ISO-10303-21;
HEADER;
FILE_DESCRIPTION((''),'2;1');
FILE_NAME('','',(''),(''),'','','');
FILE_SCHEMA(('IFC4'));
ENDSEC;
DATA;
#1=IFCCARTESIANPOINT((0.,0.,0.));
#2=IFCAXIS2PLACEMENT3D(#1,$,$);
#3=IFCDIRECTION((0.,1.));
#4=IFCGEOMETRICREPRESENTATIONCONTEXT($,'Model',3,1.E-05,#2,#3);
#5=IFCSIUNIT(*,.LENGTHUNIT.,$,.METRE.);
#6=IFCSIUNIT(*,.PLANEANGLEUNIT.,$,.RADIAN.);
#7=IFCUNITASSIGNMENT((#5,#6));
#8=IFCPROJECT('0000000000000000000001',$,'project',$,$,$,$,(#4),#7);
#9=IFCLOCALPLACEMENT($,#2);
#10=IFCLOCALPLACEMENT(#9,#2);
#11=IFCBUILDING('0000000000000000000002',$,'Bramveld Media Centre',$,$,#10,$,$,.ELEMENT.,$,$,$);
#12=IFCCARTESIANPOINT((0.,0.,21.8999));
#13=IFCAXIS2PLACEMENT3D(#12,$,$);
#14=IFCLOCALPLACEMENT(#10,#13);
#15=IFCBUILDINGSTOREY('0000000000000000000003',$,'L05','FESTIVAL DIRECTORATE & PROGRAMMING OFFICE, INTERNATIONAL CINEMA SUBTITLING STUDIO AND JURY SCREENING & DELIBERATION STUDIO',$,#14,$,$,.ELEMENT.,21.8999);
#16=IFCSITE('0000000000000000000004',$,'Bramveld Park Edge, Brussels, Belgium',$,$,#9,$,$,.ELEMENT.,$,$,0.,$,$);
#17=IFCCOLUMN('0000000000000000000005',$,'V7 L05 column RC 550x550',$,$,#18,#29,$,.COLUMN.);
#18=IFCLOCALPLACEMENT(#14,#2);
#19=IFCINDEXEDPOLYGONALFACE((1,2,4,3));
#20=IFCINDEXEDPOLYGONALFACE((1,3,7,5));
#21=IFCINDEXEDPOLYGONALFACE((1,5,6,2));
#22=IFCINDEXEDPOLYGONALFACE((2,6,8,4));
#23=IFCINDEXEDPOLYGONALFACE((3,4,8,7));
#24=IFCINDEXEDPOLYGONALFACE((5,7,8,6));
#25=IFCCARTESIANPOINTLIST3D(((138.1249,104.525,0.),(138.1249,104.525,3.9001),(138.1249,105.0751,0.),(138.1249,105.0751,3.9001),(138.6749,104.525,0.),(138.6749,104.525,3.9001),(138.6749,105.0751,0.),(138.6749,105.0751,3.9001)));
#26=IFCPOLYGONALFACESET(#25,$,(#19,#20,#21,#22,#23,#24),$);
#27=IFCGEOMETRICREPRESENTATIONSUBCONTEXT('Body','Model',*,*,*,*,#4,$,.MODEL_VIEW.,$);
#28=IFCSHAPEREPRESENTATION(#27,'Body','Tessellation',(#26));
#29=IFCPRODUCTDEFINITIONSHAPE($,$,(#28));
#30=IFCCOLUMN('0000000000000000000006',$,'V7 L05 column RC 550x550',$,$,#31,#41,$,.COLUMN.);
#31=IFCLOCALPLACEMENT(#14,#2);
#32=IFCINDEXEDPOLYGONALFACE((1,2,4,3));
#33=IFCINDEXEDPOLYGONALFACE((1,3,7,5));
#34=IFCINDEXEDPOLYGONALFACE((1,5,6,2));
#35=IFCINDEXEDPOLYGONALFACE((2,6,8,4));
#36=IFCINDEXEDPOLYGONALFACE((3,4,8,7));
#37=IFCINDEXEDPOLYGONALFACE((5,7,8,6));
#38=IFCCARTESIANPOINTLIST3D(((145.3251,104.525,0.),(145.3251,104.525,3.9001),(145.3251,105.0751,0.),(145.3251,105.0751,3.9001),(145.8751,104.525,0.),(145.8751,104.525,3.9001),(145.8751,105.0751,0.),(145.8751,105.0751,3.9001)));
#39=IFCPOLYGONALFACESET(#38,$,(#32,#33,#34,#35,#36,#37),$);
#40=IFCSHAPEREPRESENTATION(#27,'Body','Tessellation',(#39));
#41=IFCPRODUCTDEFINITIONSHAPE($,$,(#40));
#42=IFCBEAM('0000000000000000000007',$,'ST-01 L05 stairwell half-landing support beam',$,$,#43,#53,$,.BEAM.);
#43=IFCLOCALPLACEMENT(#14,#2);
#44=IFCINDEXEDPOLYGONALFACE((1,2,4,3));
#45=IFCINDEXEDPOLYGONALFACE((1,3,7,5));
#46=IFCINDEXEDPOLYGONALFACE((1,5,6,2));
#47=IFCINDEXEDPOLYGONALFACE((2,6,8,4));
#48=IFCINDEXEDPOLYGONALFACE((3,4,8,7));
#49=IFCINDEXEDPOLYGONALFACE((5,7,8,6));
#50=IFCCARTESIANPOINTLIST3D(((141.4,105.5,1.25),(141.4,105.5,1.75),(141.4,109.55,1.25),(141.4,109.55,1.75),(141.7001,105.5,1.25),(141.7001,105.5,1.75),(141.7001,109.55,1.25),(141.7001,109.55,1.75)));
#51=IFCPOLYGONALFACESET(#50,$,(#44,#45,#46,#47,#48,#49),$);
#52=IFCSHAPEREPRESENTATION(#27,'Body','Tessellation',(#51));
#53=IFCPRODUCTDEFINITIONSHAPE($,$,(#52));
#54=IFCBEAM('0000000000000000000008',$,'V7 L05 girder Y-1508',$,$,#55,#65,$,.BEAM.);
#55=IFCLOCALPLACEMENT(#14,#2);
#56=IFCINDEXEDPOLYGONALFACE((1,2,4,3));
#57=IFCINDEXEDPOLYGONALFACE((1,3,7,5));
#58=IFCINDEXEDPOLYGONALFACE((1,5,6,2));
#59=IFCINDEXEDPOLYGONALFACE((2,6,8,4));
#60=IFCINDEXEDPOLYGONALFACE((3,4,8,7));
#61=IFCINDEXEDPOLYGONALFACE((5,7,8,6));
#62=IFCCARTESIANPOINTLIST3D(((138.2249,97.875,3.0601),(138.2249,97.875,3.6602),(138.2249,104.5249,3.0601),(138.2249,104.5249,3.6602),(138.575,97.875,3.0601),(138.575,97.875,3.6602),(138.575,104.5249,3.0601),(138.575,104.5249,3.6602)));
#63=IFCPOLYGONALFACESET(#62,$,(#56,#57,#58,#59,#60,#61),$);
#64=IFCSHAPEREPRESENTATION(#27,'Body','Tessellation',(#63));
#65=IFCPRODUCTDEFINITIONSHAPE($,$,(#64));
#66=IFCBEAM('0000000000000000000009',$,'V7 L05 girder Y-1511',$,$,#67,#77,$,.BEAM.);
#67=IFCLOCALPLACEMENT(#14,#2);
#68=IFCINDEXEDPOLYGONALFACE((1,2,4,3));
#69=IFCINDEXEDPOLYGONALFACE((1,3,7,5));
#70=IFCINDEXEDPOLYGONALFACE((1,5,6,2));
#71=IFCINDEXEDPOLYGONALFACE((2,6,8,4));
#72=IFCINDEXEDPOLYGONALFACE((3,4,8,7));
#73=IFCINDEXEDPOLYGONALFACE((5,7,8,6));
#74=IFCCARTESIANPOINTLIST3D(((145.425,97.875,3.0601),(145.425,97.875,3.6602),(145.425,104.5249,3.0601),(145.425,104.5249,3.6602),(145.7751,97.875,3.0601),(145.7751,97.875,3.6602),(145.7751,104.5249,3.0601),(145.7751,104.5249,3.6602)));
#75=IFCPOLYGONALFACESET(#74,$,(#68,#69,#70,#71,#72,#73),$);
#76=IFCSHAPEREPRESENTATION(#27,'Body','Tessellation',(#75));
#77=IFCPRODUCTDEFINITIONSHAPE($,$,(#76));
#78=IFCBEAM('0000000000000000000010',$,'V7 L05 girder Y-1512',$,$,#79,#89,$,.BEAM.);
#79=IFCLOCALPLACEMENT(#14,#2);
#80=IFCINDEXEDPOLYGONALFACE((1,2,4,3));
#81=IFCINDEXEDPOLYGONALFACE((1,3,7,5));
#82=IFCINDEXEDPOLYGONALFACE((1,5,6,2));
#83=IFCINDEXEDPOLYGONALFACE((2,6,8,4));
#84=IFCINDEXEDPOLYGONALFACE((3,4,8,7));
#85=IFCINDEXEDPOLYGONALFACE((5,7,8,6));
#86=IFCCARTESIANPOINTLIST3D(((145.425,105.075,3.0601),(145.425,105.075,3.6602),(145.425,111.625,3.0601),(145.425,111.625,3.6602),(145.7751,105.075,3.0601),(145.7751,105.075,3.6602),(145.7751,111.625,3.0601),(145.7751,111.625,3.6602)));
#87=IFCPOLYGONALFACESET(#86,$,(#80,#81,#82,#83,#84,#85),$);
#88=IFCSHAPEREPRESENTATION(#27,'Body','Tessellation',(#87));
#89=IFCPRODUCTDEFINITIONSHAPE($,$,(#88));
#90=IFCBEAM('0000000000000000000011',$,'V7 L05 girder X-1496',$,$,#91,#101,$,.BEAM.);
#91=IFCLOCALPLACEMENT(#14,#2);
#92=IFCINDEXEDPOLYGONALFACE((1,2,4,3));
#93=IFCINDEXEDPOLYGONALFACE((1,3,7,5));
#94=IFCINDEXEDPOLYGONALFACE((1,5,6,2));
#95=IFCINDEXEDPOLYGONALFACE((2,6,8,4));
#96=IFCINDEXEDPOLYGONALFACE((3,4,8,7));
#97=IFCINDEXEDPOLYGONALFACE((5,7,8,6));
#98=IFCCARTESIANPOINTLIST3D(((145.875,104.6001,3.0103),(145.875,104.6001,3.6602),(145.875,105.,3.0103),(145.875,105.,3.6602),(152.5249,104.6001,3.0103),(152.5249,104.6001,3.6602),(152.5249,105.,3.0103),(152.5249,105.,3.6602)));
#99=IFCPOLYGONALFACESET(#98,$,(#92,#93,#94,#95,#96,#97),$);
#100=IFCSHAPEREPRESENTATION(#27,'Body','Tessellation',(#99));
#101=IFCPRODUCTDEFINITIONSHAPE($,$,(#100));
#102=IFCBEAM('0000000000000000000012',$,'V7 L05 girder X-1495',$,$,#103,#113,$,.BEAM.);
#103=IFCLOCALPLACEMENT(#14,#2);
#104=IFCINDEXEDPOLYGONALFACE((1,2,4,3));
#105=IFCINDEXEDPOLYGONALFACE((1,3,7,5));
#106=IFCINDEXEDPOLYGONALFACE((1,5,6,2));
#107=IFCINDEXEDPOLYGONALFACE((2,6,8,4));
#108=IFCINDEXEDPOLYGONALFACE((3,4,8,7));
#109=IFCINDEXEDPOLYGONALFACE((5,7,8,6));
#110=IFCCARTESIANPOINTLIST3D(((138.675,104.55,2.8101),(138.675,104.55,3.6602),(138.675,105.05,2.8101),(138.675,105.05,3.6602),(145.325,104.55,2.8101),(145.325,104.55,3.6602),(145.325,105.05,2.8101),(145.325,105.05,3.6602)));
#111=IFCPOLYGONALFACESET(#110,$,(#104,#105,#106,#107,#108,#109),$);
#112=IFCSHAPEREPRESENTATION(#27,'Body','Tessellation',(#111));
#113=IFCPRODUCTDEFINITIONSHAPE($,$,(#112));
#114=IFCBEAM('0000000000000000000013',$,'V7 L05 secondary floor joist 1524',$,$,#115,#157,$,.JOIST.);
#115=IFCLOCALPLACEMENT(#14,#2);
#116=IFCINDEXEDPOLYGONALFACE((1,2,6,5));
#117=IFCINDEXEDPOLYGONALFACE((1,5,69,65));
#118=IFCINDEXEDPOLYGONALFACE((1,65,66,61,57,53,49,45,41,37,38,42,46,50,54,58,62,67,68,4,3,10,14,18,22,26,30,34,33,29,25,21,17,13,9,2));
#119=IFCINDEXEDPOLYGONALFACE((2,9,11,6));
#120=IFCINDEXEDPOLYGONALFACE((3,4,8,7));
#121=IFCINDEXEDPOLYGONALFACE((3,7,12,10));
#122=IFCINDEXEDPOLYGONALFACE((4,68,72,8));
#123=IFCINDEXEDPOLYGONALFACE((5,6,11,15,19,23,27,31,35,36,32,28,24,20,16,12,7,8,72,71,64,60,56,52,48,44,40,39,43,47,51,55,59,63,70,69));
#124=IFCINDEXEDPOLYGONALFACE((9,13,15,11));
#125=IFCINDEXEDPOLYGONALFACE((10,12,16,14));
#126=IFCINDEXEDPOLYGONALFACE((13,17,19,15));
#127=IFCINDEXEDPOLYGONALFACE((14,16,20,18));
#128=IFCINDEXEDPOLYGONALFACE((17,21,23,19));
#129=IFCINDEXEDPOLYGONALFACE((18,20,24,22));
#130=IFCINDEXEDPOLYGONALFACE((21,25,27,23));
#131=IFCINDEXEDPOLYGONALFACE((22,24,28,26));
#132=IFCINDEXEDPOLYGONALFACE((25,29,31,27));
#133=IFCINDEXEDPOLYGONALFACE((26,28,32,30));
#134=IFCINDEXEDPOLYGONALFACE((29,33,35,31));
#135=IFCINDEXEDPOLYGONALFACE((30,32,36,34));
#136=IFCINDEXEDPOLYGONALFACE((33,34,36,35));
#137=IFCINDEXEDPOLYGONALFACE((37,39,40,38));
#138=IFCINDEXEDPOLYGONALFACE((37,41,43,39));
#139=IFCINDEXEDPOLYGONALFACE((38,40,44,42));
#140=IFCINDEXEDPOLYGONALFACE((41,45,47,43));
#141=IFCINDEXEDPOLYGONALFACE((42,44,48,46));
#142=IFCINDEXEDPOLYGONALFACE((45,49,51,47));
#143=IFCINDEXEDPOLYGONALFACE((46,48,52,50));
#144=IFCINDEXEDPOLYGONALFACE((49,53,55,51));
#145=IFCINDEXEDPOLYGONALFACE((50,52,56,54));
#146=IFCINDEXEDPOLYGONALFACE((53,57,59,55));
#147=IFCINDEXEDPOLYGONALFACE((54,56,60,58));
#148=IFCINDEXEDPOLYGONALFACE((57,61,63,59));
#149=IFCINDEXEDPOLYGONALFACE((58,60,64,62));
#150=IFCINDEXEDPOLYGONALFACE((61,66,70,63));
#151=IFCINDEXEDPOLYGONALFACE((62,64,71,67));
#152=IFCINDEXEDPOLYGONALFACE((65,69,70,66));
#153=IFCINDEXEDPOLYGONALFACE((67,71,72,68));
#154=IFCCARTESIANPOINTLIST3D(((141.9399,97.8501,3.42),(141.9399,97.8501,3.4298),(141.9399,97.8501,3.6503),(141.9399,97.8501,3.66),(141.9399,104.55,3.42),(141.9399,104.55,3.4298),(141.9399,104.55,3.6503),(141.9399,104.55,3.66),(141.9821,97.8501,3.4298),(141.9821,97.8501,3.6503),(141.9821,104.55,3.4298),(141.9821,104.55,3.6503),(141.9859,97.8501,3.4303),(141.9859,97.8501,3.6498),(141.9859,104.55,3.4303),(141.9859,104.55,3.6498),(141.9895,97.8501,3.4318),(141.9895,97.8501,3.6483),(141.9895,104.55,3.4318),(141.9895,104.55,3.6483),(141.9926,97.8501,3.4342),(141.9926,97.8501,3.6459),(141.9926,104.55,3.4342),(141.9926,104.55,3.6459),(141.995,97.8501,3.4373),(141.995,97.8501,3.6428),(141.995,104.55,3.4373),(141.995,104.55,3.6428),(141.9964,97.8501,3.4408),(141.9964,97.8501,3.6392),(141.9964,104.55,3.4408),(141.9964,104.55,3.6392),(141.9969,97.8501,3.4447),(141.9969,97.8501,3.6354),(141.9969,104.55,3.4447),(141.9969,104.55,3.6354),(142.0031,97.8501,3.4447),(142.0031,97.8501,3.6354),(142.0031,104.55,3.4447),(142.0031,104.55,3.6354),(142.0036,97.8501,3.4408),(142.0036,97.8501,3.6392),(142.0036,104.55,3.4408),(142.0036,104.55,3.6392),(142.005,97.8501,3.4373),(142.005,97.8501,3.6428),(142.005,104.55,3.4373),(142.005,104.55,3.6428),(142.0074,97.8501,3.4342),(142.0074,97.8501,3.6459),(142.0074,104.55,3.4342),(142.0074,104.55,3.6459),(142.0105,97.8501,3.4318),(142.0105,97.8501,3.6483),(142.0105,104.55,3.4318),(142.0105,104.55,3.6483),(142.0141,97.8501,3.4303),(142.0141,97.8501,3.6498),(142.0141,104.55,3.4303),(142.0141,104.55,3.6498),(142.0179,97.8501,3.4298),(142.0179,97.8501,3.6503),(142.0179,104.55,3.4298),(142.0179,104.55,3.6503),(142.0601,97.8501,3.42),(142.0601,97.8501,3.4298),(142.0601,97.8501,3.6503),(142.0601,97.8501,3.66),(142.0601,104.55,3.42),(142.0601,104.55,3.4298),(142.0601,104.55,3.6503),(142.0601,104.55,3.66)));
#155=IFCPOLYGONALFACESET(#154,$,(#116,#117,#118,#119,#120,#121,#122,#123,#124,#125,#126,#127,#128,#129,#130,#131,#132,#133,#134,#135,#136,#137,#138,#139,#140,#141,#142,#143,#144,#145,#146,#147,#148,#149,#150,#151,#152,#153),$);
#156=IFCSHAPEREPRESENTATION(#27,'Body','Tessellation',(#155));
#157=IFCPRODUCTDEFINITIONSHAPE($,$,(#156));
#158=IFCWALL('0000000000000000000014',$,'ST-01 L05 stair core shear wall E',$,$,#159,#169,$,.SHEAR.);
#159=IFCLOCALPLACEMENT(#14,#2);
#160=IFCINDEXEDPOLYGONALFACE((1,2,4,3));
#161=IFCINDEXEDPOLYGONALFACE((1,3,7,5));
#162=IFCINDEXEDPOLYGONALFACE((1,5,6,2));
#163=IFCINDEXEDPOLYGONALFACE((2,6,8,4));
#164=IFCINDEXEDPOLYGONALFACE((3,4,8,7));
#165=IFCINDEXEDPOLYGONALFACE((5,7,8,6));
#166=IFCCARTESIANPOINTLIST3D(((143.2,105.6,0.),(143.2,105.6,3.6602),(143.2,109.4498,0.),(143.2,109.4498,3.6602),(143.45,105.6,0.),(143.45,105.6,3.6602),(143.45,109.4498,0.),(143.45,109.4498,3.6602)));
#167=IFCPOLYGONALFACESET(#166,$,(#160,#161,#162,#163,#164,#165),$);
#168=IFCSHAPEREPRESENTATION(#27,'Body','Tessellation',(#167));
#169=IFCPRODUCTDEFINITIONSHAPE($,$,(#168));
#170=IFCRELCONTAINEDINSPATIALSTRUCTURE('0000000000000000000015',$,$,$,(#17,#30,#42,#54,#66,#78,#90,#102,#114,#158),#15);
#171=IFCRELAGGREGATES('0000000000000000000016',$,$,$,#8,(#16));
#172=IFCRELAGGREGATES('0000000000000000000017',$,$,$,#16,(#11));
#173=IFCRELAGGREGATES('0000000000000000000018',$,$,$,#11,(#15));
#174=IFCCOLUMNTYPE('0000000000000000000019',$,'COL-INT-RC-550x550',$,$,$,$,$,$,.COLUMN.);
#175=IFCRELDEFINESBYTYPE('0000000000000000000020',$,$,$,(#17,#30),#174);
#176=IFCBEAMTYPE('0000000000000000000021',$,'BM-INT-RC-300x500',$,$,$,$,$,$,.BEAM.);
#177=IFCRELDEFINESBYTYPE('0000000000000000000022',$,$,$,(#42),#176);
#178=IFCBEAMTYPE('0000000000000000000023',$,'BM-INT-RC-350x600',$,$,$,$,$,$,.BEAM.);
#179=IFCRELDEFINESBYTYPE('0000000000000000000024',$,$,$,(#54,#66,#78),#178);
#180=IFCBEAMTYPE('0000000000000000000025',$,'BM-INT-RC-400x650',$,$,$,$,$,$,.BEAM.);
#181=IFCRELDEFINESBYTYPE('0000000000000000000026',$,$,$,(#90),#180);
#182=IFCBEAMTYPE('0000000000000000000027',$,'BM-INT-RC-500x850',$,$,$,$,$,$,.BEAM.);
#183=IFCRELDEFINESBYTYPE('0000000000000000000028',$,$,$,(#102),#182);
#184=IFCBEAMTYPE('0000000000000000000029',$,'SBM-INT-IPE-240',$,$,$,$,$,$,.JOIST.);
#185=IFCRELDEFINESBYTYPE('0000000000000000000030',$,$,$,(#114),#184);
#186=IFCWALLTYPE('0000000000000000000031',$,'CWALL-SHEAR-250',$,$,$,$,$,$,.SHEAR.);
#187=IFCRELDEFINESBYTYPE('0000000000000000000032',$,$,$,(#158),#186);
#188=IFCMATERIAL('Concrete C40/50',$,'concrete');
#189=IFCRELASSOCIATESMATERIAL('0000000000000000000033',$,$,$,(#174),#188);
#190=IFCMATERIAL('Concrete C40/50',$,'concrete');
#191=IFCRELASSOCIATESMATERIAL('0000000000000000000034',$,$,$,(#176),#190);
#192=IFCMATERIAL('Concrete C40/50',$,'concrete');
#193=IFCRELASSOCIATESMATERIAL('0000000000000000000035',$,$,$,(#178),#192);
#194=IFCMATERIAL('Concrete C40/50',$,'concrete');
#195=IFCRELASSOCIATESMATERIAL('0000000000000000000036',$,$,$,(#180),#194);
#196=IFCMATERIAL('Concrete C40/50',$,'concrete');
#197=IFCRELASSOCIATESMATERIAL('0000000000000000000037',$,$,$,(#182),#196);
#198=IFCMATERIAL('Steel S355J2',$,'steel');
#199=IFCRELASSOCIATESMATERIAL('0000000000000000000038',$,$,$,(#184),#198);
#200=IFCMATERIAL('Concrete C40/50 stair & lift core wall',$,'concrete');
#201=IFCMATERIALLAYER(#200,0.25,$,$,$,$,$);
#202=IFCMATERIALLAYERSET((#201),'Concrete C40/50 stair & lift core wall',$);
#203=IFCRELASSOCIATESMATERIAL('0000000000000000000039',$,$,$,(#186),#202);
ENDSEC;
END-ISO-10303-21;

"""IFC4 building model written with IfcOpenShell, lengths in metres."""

from ifc_helpers import new_model, si_unit, direction, frame, frame_2d, origin, origin_2d, place, context, subcontext, project, spatial, rectangle, i_section, extrude, material, layer, layer_set, material_profile, profile_set, type_object, element, save


model = new_model("IFC4")

# Units and contexts
model_context = context("Model", 3, precision=1e-05, world=origin(), true_north=direction((0.0, 1.0)))
body_context = subcontext(model_context, "Body", "Model", "MODEL_VIEW")
ifc_project = project(units=[si_unit("LENGTHUNIT", "METRE"), si_unit("PLANEANGLEUNIT", "RADIAN")], contexts=[model_context])

# Site, building, storey
site_placement = place(None, origin())
site = spatial("IfcSite", under=ifc_project, at=site_placement, Name="Bramveld Park Edge, Brussels, Belgium", CompositionType="ELEMENT", RefElevation=0.0)
building_placement = place(site_placement, origin())
building = spatial("IfcBuilding", under=site, at=building_placement, Name="Bramveld Media Centre", CompositionType="ELEMENT")
storey_placement = place(building_placement, frame((0.0, 0.0, 21.8999)))
storey = spatial("IfcBuildingStorey", under=building, at=storey_placement, Name="L05", Description="FESTIVAL DIRECTORATE & PROGRAMMING OFFICE, INTERNATIONAL CINEMA SUBTITLING STUDIO AND JURY SCREENING & DELIBERATION STUDIO", CompositionType="ELEMENT", Elevation=21.8999)

# Columns
ifc_material_1 = material(Name="Concrete C40/50", Category="concrete")
ifc_material_profile_1 = material_profile(ifc_material_1, rectangle(XDim=0.55, YDim=0.55, at=origin_2d()), Name="RC 550x550")
ifc_profile_set_1 = profile_set([ifc_material_profile_1], Name="Concrete C40/50")
column_type = type_object("IfcColumnType", Name="COL-INT-RC-550x550", PredefinedType="COLUMN", material=ifc_profile_set_1)
for number, where, z_axis, x_axis, name in (
    (1, (138.3999, 104.8, 0.0), (0.0, 0.0, 1.0), (1.0, 0.0, 0.0), "V7 L05 column RC 550x550"),
    (2, (145.6001, 104.8, 0.0), (0.0, 0.0, 1.0), (1.0, 0.0, 0.0), "V7 L05 column RC 550x550"),
):
    element("IfcColumn", number, at=place(storey_placement, frame(where, z_axis=z_axis, x_axis=x_axis)), inside=storey, type_object=column_type, Name=name, PredefinedType="COLUMN", context=body_context, shape_type="SweptSolid", body=[
        extrude(rectangle(XDim=0.55, YDim=0.55, at=origin_2d()), origin(), (0.0, 0.0, 1.0), 3.9001),
    ])

# Beams
ifc_material_2 = material(Name="Concrete C40/50", Category="concrete")
ifc_material_profile_2 = material_profile(ifc_material_2, rectangle(XDim=0.3, YDim=0.5, at=origin_2d()), Name="RC 300x500")
ifc_profile_set_2 = profile_set([ifc_material_profile_2], Name="Concrete C40/50")
beam_type_1 = type_object("IfcBeamType", Name="BM-INT-RC-300x500", PredefinedType="BEAM", material=ifc_profile_set_2)
beam_1_placement = place(storey_placement, frame((141.55, 105.5, 1.5), z_axis=(0.0, 1.0, 0.0), x_axis=(-1.0, 0.0, 0.0)))
element("IfcBeam", 3, at=beam_1_placement, inside=storey, type_object=beam_type_1, Name="ST-01 L05 stairwell half-landing support beam", PredefinedType="BEAM", context=body_context, shape_type="SweptSolid", body=[
    extrude(rectangle(XDim=0.3, YDim=0.5, at=origin_2d()), origin(), (0.0, 0.0, 1.0), 4.05),
])
ifc_material_3 = material(Name="Concrete C40/50", Category="concrete")
ifc_material_profile_3 = material_profile(ifc_material_3, rectangle(XDim=0.3501, YDim=0.6001, at=origin_2d()), Name="RC 350x600")
ifc_profile_set_3 = profile_set([ifc_material_profile_3], Name="Concrete C40/50")
beam_type_2 = type_object("IfcBeamType", Name="BM-INT-RC-350x600", PredefinedType="BEAM", material=ifc_profile_set_3)
for number, where, z_axis, x_axis, name in (
    (4, (138.3999, 97.875, 3.3601), (0.0, 1.0, 0.0), (-1.0, 0.0, 0.0), "V7 L05 girder Y-1508"),
    (5, (145.6001, 97.875, 3.3601), (0.0, 1.0, 0.0), (-1.0, 0.0, 0.0), "V7 L05 girder Y-1511"),
):
    element("IfcBeam", number, at=place(storey_placement, frame(where, z_axis=z_axis, x_axis=x_axis)), inside=storey, type_object=beam_type_2, Name=name, PredefinedType="BEAM", context=body_context, shape_type="SweptSolid", body=[
        extrude(rectangle(XDim=0.3501, YDim=0.6001, at=origin_2d()), origin(), (0.0, 0.0, 1.0), 6.6499),
    ])
beam_2_placement = place(storey_placement, frame((145.6001, 105.075, 3.3601), z_axis=(0.0, 1.0, 0.0), x_axis=(-1.0, 0.0, 0.0)))
element("IfcBeam", 6, at=beam_2_placement, inside=storey, type_object=beam_type_2, Name="V7 L05 girder Y-1512", PredefinedType="BEAM", context=body_context, shape_type="SweptSolid", body=[
    extrude(rectangle(XDim=0.3501, YDim=0.6001, at=origin_2d()), origin(), (0.0, 0.0, 1.0), 6.55),
])
ifc_material_4 = material(Name="Concrete C40/50", Category="concrete")
ifc_material_profile_4 = material_profile(ifc_material_4, rectangle(XDim=0.3999, YDim=0.6499, at=origin_2d()), Name="RC 400x650")
ifc_profile_set_4 = profile_set([ifc_material_profile_4], Name="Concrete C40/50")
beam_type_3 = type_object("IfcBeamType", Name="BM-INT-RC-400x650", PredefinedType="BEAM", material=ifc_profile_set_4)
beam_3_placement = place(storey_placement, frame((145.875, 104.8, 3.3352), z_axis=(1.0, 0.0, 0.0), x_axis=(0.0, 1.0, 0.0)))
element("IfcBeam", 7, at=beam_3_placement, inside=storey, type_object=beam_type_3, Name="V7 L05 girder X-1496", PredefinedType="BEAM", context=body_context, shape_type="SweptSolid", body=[
    extrude(rectangle(XDim=0.3999, YDim=0.6499, at=origin_2d()), origin(), (0.0, 0.0, 1.0), 6.6499),
])
ifc_material_5 = material(Name="Concrete C40/50", Category="concrete")
ifc_material_profile_5 = material_profile(ifc_material_5, rectangle(XDim=0.5, YDim=0.8501, at=origin_2d()), Name="RC 500x850")
ifc_profile_set_5 = profile_set([ifc_material_profile_5], Name="Concrete C40/50")
beam_type_4 = type_object("IfcBeamType", Name="BM-INT-RC-500x850", PredefinedType="BEAM", material=ifc_profile_set_5)
beam_4_placement = place(storey_placement, frame((138.675, 104.8, 3.2351), z_axis=(1.0, 0.0, 0.0), x_axis=(0.0, 1.0, 0.0)))
element("IfcBeam", 8, at=beam_4_placement, inside=storey, type_object=beam_type_4, Name="V7 L05 girder X-1495", PredefinedType="BEAM", context=body_context, shape_type="SweptSolid", body=[
    extrude(rectangle(XDim=0.5, YDim=0.8501, at=origin_2d()), origin(), (0.0, 0.0, 1.0), 6.6499),
])
ifc_material_6 = material(Name="Steel S355J2", Category="steel")
ifc_material_profile_6 = material_profile(ifc_material_6, i_section(OverallWidth=0.1201, OverallDepth=0.24, WebThickness=0.0061, FlangeThickness=0.0098, FilletRadius=0.0149, at=origin_2d()), Name="IPE 240")
ifc_profile_set_6 = profile_set([ifc_material_profile_6], Name="Steel S355J2")
beam_type_5 = type_object("IfcBeamType", Name="SBM-INT-IPE-240", PredefinedType="JOIST", material=ifc_profile_set_6)
beam_5_placement = place(storey_placement, frame((142.0, 97.8501, 3.54), z_axis=(0.0, 1.0, 0.0), x_axis=(-1.0, 0.0, 0.0)))
element("IfcBeam", 9, at=beam_5_placement, inside=storey, type_object=beam_type_5, Name="V7 L05 secondary floor joist 1524", PredefinedType="JOIST", context=body_context, shape_type="SweptSolid", body=[
    extrude(i_section(OverallWidth=0.1201, OverallDepth=0.24, WebThickness=0.0061, FlangeThickness=0.0098, FilletRadius=0.0149, at=origin_2d()), origin(), (0.0, 0.0, 1.0), 6.7),
])

# Wall
ifc_material_7 = material(Name="Concrete C40/50 stair & lift core wall", Category="concrete")
ifc_layer_1 = layer(ifc_material_7, 0.25)
ifc_layer_set_1 = layer_set([ifc_layer_1], Name="Concrete C40/50 stair & lift core wall")
wall_type_1 = type_object("IfcWallType", Name="CWALL-SHEAR-250", PredefinedType="SHEAR", material=ifc_layer_set_1)
wall_1_placement = place(storey_placement, frame((143.325, 105.6001, 0.0), z_axis=(0.0, 0.0, 1.0), x_axis=(0.0, 1.0, 0.0)))
element("IfcWall", 10, at=wall_1_placement, inside=storey, type_object=wall_type_1, Name="ST-01 L05 stair core shear wall E", PredefinedType="SHEAR", context=body_context, shape_type="SweptSolid", body=[
    extrude(rectangle(XDim=3.8499, YDim=0.25, at=frame_2d((1.9248, 0.0))), origin(), (0.0, 0.0, 1.0), 3.6602),
])

save(model, "model.ifc")
